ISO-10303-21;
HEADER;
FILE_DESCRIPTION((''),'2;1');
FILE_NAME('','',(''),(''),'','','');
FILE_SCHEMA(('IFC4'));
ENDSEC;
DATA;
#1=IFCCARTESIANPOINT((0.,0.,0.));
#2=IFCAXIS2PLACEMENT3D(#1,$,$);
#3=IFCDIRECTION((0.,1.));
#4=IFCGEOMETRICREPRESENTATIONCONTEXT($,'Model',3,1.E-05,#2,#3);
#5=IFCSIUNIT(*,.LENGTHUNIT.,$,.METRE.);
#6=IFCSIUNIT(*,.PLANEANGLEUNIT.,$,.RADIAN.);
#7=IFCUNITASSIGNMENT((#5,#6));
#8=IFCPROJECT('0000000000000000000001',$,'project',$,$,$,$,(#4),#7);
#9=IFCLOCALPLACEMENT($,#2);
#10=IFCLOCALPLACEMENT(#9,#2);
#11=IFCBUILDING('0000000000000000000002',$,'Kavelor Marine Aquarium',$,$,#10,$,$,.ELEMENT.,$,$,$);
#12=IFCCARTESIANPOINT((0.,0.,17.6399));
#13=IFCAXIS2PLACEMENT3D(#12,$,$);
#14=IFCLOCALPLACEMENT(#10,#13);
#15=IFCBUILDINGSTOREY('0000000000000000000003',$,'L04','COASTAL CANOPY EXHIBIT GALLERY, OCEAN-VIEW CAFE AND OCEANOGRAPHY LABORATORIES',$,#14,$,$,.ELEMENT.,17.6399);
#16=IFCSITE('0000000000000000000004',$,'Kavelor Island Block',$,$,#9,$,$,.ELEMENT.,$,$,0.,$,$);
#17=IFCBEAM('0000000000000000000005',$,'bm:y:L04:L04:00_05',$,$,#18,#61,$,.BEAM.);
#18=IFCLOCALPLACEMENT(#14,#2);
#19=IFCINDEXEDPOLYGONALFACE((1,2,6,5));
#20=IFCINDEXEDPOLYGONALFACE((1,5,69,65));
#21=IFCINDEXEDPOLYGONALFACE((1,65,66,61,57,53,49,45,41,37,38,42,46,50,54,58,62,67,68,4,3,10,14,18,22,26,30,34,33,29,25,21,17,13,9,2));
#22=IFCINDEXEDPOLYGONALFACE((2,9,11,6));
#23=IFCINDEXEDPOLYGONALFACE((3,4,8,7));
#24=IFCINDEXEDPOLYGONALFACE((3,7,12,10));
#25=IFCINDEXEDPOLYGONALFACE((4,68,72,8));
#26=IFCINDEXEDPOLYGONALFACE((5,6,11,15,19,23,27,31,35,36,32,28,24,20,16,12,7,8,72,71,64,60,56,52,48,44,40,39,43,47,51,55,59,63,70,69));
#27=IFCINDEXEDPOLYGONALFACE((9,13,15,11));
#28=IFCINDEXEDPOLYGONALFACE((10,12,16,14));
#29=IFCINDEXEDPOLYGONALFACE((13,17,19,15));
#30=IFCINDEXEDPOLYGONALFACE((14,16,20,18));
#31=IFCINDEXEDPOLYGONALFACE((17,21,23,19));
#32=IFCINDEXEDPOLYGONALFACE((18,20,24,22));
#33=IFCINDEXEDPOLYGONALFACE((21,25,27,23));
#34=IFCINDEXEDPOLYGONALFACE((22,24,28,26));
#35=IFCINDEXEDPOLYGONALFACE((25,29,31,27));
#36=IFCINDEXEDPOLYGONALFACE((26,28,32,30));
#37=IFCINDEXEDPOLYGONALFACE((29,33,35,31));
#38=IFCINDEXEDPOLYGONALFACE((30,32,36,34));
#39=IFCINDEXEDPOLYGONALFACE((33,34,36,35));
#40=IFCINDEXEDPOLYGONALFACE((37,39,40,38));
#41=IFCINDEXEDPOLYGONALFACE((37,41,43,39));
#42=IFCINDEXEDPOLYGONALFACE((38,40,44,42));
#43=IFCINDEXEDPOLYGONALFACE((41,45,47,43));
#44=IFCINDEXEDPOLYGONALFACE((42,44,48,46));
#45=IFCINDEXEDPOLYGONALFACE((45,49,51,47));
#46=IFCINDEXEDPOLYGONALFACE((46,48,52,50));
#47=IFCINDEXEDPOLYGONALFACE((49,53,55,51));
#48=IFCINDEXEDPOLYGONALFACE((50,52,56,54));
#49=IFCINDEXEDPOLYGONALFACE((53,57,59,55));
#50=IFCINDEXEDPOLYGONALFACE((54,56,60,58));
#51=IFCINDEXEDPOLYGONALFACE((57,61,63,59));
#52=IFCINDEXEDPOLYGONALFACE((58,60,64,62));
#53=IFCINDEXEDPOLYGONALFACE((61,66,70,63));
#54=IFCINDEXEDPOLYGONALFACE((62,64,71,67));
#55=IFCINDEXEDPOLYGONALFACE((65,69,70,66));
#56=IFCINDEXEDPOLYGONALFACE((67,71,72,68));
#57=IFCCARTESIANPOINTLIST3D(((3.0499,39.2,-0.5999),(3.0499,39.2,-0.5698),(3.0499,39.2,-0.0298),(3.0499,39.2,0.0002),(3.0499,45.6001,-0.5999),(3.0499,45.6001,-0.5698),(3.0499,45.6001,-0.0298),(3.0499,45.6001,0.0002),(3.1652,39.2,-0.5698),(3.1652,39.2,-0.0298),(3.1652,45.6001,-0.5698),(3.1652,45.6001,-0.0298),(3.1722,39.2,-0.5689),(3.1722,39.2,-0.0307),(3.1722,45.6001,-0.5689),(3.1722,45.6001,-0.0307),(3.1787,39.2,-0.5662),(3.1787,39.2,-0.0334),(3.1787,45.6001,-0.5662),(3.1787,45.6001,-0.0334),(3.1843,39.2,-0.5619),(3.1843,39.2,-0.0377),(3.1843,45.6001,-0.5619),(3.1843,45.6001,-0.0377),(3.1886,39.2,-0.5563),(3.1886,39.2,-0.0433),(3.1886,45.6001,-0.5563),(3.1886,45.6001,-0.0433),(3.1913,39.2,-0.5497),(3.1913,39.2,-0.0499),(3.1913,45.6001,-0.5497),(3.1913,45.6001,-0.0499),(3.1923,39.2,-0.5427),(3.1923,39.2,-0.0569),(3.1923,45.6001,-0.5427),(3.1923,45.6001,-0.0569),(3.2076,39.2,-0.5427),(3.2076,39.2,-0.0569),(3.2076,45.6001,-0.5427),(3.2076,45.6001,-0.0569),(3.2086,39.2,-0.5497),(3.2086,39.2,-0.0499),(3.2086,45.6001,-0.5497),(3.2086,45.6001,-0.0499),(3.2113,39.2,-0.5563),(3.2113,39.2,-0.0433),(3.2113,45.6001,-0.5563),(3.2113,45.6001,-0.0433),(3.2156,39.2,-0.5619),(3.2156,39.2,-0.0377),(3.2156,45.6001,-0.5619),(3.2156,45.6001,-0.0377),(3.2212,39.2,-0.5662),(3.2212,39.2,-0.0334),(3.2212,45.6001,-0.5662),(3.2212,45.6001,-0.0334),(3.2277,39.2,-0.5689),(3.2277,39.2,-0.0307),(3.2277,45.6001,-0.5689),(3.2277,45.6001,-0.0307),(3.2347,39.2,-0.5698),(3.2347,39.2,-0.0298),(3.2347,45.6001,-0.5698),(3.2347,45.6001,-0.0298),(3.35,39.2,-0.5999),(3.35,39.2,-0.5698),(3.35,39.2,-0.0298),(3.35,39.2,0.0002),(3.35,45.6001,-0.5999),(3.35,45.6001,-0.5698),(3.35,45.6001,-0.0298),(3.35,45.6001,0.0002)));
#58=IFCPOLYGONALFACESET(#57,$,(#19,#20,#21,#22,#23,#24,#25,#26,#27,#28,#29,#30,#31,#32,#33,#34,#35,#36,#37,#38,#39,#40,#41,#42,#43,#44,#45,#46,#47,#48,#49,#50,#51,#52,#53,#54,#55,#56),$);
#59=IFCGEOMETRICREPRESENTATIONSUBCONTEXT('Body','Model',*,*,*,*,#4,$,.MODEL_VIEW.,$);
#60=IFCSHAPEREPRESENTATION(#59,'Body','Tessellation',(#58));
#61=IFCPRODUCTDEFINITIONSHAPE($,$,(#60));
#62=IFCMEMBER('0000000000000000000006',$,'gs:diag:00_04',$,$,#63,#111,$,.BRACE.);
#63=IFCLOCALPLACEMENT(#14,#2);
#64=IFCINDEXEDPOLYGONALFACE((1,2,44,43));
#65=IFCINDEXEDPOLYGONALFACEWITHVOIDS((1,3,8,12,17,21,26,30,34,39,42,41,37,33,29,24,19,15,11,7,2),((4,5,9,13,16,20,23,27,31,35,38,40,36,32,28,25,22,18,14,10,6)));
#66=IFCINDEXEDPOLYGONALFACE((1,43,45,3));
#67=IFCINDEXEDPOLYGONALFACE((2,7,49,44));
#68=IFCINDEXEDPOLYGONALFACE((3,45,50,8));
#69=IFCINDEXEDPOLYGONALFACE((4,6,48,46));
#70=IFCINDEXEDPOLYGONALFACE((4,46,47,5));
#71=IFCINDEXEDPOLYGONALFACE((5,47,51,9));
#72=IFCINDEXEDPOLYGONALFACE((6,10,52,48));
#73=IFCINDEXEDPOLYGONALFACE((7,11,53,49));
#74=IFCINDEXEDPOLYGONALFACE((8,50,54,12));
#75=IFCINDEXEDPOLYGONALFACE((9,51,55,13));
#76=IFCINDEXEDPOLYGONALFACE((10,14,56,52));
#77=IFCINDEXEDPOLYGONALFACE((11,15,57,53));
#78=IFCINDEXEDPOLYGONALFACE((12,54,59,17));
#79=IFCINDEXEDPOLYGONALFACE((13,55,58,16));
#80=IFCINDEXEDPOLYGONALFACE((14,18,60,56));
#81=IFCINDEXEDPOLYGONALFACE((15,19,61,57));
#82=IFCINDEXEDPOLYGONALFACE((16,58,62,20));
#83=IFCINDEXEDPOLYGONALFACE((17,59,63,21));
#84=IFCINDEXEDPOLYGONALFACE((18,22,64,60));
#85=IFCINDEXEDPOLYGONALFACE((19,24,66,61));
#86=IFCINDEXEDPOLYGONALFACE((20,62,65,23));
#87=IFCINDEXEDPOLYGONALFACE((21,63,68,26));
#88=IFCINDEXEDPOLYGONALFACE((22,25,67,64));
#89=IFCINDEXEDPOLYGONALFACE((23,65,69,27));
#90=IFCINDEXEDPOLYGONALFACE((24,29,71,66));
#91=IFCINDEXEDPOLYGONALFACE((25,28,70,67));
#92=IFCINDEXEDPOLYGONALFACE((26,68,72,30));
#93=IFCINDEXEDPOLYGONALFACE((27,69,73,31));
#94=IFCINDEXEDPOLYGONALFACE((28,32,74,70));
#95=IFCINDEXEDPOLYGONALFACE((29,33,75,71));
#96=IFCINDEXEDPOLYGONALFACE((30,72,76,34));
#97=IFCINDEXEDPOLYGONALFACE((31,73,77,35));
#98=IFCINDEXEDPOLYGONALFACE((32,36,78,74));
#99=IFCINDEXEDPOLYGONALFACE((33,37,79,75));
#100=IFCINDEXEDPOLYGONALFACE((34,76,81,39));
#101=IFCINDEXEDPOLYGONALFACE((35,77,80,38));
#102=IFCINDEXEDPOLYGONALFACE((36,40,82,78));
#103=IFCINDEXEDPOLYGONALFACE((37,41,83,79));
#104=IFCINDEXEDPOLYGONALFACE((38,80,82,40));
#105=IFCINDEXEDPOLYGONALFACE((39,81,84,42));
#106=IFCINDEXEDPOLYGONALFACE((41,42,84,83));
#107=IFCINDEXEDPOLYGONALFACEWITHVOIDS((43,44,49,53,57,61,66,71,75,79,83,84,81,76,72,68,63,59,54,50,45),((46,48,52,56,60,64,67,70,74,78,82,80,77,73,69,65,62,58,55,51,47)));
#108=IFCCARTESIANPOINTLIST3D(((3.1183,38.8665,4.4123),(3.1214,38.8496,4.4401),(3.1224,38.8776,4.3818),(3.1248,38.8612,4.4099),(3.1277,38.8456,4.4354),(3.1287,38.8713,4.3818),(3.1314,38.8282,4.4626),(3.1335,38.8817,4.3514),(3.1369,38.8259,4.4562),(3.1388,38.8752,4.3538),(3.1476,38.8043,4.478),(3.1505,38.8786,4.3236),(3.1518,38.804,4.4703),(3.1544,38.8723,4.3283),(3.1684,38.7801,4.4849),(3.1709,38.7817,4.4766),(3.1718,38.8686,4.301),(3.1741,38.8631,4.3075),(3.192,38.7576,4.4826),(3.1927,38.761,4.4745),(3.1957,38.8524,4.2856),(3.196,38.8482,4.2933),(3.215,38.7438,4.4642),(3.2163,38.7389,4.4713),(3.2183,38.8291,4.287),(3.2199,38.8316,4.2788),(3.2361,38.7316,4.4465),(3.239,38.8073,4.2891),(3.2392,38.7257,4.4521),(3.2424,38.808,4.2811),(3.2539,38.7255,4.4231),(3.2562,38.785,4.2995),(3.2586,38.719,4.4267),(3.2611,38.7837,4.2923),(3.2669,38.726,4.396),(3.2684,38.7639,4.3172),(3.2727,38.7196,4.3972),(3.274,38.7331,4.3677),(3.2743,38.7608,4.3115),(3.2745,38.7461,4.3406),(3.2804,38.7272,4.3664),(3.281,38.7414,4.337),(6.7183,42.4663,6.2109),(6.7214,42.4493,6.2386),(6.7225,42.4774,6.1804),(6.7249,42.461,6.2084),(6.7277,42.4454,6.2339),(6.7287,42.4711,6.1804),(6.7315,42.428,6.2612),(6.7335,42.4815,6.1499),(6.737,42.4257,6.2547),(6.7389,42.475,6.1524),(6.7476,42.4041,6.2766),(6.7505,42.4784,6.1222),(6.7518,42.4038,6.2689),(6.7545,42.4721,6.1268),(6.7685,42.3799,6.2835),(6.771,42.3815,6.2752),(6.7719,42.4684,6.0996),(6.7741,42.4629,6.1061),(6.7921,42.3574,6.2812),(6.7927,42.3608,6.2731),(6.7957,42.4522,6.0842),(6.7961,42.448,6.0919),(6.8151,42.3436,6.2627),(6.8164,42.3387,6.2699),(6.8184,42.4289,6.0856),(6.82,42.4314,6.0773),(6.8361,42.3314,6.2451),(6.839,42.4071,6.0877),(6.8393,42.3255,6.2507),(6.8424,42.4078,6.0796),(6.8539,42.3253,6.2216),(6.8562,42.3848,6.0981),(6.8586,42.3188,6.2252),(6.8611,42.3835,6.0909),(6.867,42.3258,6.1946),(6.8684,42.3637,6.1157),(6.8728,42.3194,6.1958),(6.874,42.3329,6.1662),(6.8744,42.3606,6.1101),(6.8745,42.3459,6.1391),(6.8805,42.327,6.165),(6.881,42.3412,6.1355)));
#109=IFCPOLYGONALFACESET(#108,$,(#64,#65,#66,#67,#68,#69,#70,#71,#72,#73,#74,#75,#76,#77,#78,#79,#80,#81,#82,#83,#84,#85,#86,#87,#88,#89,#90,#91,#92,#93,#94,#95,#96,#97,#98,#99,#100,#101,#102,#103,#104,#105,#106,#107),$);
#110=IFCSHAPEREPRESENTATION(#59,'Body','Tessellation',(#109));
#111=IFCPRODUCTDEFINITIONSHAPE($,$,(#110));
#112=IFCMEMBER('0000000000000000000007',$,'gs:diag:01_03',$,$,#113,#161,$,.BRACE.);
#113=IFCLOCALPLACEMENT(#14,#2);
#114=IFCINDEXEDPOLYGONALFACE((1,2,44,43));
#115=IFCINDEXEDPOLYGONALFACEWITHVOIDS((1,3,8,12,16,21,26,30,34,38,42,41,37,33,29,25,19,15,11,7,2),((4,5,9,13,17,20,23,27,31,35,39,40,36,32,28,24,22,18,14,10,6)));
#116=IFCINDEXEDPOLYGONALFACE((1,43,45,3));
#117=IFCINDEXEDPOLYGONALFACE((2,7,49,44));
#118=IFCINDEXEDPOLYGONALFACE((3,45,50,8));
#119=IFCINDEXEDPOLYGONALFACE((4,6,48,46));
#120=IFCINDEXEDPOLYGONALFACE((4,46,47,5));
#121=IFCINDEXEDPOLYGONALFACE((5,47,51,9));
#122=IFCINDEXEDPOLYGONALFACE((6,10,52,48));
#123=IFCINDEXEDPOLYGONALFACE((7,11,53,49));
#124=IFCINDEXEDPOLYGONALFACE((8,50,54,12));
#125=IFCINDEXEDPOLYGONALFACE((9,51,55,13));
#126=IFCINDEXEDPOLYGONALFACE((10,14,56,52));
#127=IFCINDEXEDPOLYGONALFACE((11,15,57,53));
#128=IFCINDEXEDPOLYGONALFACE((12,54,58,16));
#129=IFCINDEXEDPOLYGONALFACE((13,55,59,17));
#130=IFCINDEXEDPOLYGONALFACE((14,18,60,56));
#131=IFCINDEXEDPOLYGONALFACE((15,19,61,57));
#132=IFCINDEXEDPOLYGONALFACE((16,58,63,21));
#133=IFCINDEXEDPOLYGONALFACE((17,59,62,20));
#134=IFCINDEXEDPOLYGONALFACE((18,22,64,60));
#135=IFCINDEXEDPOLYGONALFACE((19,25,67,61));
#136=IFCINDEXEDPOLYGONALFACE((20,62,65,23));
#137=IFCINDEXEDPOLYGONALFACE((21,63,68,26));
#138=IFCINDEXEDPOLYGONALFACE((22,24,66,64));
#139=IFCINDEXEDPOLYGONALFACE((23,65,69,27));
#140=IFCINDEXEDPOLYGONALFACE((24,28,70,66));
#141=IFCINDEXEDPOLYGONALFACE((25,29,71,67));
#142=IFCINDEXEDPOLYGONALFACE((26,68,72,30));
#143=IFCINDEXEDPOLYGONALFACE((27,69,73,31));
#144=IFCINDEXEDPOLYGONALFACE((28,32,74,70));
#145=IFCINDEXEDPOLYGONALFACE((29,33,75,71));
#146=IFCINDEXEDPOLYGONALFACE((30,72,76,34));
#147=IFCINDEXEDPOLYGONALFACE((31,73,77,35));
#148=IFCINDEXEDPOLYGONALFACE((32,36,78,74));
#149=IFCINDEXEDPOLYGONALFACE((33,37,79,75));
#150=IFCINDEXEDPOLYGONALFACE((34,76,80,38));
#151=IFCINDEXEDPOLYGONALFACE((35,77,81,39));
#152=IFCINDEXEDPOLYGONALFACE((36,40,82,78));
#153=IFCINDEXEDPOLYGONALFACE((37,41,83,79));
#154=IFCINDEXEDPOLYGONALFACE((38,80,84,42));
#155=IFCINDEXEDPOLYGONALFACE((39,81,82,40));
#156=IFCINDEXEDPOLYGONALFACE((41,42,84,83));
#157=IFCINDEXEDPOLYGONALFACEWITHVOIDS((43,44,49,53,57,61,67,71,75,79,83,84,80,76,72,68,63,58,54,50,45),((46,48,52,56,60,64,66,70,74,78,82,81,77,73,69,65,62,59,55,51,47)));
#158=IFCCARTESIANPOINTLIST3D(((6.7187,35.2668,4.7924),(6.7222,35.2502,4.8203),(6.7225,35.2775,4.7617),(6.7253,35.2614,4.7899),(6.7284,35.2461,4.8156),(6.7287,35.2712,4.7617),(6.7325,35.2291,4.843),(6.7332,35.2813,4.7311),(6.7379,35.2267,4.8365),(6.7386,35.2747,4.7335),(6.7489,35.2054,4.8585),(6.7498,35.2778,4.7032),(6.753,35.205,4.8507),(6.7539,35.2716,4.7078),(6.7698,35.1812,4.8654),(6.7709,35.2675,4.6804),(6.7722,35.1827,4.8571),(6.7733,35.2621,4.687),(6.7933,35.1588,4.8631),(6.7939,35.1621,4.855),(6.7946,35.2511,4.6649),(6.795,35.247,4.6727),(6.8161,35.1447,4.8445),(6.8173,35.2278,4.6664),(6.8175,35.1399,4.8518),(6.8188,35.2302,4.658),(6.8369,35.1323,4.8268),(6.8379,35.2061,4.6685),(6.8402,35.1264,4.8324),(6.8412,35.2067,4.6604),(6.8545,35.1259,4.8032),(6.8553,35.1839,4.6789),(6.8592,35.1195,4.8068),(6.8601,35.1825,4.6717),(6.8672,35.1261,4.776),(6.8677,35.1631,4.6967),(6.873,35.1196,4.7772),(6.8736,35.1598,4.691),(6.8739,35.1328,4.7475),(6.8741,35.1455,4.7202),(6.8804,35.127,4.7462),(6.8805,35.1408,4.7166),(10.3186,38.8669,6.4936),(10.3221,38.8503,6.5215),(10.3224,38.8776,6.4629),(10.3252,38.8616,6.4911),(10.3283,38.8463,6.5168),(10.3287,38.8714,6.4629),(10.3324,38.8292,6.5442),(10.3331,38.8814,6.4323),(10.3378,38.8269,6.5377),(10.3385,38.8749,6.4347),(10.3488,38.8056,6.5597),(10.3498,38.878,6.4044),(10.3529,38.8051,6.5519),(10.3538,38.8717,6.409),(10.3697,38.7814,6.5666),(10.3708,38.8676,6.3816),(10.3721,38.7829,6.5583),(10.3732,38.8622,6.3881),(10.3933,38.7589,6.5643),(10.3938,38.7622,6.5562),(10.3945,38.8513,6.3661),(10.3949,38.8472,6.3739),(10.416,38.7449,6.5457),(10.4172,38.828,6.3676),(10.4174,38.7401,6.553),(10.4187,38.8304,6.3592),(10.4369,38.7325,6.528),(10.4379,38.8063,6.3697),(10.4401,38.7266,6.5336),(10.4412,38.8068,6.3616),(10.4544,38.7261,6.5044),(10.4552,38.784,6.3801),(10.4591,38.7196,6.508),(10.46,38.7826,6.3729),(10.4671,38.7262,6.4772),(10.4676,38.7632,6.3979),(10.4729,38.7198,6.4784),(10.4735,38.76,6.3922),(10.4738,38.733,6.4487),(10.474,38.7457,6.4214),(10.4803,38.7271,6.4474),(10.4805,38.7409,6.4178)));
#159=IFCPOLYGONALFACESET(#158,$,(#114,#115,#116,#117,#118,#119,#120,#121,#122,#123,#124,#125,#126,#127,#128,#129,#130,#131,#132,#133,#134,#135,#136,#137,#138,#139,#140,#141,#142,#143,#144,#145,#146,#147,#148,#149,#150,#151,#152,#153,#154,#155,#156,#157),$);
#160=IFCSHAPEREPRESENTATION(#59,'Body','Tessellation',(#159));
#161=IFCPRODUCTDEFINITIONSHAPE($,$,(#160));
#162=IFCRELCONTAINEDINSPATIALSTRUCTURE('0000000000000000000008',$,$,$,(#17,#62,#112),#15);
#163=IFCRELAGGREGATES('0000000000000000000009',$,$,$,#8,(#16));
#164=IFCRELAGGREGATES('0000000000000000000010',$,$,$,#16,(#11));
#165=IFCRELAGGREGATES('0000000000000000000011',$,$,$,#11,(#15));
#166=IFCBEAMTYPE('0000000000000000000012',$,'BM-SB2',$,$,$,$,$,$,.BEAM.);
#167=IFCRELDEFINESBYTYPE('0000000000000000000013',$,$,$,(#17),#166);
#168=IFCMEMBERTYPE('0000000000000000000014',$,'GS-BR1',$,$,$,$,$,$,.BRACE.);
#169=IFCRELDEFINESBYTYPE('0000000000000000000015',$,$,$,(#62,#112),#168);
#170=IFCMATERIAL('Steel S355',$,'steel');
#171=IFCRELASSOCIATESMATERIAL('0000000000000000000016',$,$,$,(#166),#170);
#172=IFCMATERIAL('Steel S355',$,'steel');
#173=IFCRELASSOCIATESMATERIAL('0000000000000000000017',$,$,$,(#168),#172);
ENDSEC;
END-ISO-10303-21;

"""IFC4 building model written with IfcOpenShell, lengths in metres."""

from ifc_helpers import new_model, si_unit, direction, frame, origin, origin_2d, place, context, subcontext, project, spatial, hollow_circle, i_section, extrude, material, material_profile, profile_set, type_object, element, save


model = new_model("IFC4")

# Units and contexts
model_context = context("Model", 3, precision=1e-05, world=origin(), true_north=direction((0.0, 1.0)))
body_context = subcontext(model_context, "Body", "Model", "MODEL_VIEW")
ifc_project = project(units=[si_unit("LENGTHUNIT", "METRE"), si_unit("PLANEANGLEUNIT", "RADIAN")], contexts=[model_context])

# Site, building, storey
site_placement = place(None, origin())
site = spatial("IfcSite", under=ifc_project, at=site_placement, Name="Kavelor Island Block", CompositionType="ELEMENT", RefElevation=0.0)
building_placement = place(site_placement, origin())
building = spatial("IfcBuilding", under=site, at=building_placement, Name="Kavelor Marine Aquarium", CompositionType="ELEMENT")
storey_placement = place(building_placement, frame((0.0, 0.0, 17.6399)))
storey = spatial("IfcBuildingStorey", under=building, at=storey_placement, Name="L04", Description="COASTAL CANOPY EXHIBIT GALLERY, OCEAN-VIEW CAFE AND OCEANOGRAPHY LABORATORIES", CompositionType="ELEMENT", Elevation=17.6399)

# Beam
ifc_material_1 = material(Name="Steel S355", Category="steel")
ifc_material_profile_1 = material_profile(ifc_material_1, i_section(OverallWidth=0.3, OverallDepth=0.6001, WebThickness=0.0154, FlangeThickness=0.03, FilletRadius=0.0271, at=origin_2d()), Name="HEB 600")
ifc_profile_set_1 = profile_set([ifc_material_profile_1], Name="Steel S355")
beam_type = type_object("IfcBeamType", Name="BM-SB2", PredefinedType="BEAM", material=ifc_profile_set_1)
beam_placement = place(storey_placement, frame((3.2, 39.2, -0.2998), z_axis=(0.0, 1.0, 0.0), x_axis=(-1.0, 0.0, 0.0)))
element("IfcBeam", 1, at=beam_placement, inside=storey, type_object=beam_type, Name="bm:y:L04:L04:00_05", PredefinedType="BEAM", context=body_context, shape_type="SweptSolid", body=[
    extrude(i_section(OverallWidth=0.3, OverallDepth=0.6001, WebThickness=0.0154, FlangeThickness=0.03, FilletRadius=0.0271, at=origin_2d()), origin(), (0.0, 0.0, 1.0), 6.4001),
])

# Members
ifc_material_2 = material(Name="Steel S355", Category="steel")
ifc_material_profile_2 = material_profile(ifc_material_2, hollow_circle(Radius=0.1096, WallThickness=0.0088, at=origin_2d()), Name="CHS 219.1x8.8")
ifc_profile_set_2 = profile_set([ifc_material_profile_2], Name="Steel S355")
member_type_1 = type_object("IfcMemberType", Name="GS-BR1", PredefinedType="BRACE", material=ifc_profile_set_2)
member_1_placement = place(storey_placement, frame((3.2, 38.8, 4.3818), z_axis=(0.666747, 0.666702, 0.333102), x_axis=(-0.707083, 0.707131, 0.0)))
element("IfcMember", 2, at=member_1_placement, inside=storey, type_object=member_type_1, Name="gs:diag:00_04", PredefinedType="BRACE", context=body_context, shape_type="SweptSolid", body=[
    extrude(hollow_circle(Radius=0.1096, WallThickness=0.0088, at=origin_2d()), origin(), (0.0, 0.0, 1.0), 5.3994),
])
member_2_placement = place(storey_placement, frame((6.8, 35.2, 4.7617), z_axis=(0.670634, 0.67068, 0.31692), x_axis=(-0.707131, 0.707083, 0.0)))
element("IfcMember", 3, at=member_2_placement, inside=storey, type_object=member_type_1, Name="gs:diag:01_03", PredefinedType="BRACE", context=body_context, shape_type="SweptSolid", body=[
    extrude(hollow_circle(Radius=0.1096, WallThickness=0.0088, at=origin_2d()), origin(), (0.0, 0.0, 1.0), 5.3679),
])

save(model, "model.ifc")
